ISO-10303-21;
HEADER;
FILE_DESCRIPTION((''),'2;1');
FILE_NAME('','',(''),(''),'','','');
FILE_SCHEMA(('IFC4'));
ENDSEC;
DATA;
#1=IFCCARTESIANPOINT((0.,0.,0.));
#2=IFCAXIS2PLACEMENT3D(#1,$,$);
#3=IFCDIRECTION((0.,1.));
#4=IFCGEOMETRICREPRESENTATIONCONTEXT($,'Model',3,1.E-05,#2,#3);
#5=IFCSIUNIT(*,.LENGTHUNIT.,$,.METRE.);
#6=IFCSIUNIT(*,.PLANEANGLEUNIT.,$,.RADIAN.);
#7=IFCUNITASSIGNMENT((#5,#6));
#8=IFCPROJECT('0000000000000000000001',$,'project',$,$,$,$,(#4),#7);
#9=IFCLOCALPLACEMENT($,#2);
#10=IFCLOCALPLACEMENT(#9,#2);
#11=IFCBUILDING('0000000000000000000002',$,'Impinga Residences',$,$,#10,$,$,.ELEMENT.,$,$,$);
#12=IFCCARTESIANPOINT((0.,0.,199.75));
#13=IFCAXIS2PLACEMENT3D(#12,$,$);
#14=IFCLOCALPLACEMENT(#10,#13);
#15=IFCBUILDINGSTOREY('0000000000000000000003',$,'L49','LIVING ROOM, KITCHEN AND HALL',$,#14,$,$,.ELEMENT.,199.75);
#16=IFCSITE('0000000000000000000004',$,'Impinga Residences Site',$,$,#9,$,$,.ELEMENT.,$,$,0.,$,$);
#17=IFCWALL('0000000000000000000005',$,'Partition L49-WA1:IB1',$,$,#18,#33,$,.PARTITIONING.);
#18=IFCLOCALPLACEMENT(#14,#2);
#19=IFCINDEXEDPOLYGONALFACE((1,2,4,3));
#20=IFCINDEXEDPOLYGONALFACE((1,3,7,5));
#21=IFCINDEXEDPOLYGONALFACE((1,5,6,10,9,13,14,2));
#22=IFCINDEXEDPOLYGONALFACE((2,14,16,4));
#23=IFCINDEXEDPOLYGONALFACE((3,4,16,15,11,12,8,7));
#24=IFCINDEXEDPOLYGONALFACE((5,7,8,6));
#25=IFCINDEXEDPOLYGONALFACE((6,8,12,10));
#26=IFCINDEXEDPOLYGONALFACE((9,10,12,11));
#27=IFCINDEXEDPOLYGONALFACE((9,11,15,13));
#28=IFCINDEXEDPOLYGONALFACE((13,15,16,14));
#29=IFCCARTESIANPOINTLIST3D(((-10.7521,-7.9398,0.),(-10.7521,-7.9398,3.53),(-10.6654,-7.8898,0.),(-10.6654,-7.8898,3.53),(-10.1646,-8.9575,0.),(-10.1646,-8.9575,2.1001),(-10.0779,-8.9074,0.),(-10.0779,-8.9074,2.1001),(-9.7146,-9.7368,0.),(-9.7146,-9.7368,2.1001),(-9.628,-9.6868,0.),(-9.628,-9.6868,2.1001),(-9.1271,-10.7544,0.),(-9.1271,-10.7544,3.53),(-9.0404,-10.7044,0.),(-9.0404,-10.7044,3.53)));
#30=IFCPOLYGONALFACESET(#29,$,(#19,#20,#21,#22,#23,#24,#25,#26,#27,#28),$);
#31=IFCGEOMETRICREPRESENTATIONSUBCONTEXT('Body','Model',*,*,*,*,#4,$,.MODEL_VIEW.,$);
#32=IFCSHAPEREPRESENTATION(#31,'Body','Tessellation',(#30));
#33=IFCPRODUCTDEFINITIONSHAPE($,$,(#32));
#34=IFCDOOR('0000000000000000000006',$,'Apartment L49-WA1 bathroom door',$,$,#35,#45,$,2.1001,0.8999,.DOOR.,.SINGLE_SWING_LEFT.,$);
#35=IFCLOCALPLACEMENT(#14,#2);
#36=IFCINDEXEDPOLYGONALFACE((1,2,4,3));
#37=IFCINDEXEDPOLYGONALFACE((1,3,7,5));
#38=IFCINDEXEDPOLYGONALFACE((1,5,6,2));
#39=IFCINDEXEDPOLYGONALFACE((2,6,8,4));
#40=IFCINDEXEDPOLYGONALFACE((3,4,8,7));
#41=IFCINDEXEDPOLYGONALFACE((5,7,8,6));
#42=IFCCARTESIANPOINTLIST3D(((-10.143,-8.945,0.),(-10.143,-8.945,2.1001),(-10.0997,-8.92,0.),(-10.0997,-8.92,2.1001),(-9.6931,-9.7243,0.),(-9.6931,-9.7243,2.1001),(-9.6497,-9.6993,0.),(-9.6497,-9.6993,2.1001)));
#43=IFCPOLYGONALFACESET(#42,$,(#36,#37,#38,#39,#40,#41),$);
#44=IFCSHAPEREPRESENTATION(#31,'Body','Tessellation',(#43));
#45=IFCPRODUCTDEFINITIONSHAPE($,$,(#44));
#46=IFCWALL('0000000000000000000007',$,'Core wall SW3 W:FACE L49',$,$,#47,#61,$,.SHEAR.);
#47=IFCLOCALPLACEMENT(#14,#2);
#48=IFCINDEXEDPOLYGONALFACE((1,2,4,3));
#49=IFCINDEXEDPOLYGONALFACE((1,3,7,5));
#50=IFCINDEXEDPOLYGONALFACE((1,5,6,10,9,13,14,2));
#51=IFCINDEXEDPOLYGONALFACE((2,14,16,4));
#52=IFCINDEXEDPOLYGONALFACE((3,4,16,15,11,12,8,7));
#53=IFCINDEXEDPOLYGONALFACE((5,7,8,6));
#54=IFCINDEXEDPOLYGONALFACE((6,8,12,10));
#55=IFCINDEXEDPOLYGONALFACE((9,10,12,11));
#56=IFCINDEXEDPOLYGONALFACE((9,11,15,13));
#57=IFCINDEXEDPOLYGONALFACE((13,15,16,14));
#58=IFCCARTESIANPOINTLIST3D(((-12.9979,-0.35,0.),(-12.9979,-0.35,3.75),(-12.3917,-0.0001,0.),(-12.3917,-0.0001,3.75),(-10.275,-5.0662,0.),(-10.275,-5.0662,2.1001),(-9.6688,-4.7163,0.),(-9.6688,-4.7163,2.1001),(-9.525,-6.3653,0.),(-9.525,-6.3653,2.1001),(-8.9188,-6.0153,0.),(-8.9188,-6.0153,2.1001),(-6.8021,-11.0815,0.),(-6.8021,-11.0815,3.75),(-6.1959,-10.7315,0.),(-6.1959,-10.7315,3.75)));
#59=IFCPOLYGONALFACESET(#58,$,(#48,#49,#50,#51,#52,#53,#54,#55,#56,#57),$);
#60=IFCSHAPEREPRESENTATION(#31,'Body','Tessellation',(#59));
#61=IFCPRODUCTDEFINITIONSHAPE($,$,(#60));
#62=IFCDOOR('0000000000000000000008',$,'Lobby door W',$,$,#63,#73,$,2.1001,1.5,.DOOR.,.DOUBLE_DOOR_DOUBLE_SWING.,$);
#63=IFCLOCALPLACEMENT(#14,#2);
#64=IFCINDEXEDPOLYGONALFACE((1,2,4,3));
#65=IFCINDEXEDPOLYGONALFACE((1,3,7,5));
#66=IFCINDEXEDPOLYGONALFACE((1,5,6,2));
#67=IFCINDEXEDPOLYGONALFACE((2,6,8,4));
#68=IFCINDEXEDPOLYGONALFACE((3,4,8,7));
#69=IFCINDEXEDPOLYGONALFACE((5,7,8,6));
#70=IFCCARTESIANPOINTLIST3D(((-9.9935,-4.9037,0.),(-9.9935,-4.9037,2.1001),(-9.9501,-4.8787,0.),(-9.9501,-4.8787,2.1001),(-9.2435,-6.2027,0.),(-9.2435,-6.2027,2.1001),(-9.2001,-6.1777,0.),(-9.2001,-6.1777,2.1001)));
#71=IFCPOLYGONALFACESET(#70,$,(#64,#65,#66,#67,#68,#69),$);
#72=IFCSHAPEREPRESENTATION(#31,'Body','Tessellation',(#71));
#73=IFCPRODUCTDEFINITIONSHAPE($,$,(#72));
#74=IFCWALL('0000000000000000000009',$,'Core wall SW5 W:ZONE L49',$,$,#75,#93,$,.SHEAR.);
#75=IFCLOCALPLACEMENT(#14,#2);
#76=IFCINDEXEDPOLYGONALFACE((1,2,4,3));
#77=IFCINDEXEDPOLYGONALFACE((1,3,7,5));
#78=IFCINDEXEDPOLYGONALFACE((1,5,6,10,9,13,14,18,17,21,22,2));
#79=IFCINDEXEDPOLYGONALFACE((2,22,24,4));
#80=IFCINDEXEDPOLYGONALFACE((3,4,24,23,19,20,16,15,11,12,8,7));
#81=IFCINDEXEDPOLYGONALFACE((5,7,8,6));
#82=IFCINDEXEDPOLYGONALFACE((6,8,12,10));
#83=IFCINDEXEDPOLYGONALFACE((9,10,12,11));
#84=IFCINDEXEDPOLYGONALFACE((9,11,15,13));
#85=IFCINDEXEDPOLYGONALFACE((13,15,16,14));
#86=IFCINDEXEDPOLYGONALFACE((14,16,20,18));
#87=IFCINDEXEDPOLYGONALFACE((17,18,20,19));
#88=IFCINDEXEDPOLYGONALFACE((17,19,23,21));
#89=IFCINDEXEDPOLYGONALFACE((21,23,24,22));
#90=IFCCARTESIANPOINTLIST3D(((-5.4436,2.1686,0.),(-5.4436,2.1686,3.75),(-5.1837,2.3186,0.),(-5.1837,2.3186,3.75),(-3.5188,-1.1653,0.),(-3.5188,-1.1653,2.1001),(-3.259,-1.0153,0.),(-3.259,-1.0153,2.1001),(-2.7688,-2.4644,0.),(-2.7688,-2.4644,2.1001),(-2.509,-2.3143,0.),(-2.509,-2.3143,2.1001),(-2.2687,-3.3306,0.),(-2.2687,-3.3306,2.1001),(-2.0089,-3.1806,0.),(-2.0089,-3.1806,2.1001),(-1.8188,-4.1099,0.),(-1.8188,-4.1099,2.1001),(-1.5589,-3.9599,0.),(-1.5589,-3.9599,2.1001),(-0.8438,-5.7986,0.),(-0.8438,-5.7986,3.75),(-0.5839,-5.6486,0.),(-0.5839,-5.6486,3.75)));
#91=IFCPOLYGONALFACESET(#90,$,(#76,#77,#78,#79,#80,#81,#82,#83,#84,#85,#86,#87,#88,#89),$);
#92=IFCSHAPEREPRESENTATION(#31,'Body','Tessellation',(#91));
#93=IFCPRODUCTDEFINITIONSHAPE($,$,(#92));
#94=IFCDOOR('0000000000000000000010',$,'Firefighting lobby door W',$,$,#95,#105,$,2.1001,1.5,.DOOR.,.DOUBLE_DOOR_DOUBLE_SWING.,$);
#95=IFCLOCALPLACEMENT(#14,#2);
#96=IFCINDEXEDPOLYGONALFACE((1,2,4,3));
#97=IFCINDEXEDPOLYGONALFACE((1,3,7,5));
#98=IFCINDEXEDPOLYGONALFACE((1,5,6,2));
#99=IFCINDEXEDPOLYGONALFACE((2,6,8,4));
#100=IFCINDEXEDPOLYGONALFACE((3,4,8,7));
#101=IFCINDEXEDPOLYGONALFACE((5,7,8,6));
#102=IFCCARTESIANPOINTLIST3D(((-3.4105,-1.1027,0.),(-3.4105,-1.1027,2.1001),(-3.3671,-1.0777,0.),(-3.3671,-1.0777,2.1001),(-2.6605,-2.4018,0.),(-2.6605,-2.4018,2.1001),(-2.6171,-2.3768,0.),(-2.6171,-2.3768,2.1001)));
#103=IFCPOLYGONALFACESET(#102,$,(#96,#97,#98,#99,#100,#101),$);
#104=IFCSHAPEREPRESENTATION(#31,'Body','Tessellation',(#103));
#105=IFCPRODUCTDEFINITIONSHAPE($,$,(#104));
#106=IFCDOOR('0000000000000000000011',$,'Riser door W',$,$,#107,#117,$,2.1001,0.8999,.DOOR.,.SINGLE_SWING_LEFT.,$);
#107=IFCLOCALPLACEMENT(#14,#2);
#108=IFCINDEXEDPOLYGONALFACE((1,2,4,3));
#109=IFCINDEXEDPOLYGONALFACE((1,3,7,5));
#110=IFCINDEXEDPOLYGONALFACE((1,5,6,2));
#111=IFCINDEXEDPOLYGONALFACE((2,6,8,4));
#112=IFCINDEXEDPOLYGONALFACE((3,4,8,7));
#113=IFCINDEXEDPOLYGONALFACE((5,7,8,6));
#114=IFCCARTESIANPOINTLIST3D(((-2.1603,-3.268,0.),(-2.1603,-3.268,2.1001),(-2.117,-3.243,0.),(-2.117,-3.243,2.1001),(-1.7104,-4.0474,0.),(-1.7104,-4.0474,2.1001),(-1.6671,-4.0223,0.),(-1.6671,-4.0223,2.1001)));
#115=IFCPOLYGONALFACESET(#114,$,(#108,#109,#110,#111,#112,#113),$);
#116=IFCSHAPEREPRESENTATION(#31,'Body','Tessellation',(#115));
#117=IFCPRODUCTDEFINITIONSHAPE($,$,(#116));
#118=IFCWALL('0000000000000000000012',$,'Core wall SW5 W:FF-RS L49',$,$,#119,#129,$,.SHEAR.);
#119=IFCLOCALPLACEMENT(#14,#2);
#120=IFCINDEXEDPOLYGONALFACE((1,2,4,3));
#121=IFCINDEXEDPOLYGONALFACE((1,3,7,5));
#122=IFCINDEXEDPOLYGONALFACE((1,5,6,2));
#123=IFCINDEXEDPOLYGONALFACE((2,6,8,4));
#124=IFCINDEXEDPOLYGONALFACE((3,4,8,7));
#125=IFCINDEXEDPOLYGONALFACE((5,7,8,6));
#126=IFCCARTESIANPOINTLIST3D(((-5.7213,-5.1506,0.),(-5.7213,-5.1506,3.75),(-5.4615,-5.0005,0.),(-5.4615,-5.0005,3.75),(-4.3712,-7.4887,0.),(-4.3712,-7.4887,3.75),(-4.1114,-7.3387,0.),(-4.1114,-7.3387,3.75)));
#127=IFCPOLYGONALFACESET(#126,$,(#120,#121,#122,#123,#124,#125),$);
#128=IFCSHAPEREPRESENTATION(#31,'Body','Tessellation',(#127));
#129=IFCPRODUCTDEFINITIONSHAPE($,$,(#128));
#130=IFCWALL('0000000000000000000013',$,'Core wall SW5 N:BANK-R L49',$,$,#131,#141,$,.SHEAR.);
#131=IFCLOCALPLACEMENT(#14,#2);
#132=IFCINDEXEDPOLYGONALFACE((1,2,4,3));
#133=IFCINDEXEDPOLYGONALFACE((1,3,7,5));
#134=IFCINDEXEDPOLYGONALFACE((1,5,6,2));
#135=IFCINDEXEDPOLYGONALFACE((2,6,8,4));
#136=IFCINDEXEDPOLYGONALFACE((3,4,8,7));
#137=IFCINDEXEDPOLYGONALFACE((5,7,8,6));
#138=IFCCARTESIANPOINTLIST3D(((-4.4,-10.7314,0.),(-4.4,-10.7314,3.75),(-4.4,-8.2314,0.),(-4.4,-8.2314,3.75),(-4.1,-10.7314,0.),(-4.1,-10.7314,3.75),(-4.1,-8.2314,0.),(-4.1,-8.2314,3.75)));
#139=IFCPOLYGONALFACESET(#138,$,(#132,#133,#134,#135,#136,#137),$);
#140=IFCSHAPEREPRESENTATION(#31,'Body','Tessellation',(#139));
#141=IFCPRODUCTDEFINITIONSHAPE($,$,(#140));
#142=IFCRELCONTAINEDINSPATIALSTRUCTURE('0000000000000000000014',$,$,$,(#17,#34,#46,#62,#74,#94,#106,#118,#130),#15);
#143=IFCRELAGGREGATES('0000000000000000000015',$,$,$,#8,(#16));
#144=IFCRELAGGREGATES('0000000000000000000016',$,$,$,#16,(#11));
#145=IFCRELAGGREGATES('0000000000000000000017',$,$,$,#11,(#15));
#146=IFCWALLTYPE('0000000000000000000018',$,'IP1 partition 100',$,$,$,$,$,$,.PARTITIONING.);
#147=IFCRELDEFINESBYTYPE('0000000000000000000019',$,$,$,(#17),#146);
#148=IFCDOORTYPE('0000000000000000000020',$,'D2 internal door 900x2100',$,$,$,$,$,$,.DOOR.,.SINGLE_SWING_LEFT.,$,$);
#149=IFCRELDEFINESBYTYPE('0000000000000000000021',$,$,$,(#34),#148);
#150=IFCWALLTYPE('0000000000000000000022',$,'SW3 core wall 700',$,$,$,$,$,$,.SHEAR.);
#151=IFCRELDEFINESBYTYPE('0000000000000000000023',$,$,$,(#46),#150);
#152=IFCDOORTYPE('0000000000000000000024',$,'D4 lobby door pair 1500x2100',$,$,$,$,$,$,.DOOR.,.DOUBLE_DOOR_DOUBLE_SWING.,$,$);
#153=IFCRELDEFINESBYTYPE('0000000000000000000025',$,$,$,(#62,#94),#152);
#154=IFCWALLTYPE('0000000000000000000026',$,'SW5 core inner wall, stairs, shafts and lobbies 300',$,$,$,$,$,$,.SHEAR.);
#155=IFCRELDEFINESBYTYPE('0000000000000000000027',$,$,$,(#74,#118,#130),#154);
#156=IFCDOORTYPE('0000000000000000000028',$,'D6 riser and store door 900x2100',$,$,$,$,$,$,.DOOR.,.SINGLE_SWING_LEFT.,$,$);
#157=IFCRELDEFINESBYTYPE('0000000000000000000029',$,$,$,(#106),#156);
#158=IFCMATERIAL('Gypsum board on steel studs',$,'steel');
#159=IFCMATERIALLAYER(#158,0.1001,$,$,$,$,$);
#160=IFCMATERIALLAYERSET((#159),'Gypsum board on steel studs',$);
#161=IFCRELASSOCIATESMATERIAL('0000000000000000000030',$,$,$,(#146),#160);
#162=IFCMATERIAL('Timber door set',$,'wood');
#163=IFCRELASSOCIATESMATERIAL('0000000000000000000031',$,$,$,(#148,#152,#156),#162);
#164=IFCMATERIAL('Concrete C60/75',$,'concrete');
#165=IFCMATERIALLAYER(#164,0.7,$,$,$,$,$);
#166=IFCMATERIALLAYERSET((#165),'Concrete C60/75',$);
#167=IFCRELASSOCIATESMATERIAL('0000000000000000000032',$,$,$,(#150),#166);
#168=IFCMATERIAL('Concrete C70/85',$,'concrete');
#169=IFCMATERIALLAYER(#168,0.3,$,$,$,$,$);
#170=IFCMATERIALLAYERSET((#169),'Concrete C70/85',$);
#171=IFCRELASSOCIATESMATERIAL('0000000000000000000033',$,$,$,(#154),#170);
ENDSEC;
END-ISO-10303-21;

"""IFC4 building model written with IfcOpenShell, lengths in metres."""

from ifc_helpers import new_model, si_unit, direction, frame, frame_2d, origin, place, context, subcontext, project, spatial, rectangle, extrude, material, layer, layer_set, type_object, element, fill, save


model = new_model("IFC4")

# Units and contexts
model_context = context("Model", 3, precision=1e-05, world=origin(), true_north=direction((0.0, 1.0)))
body_context = subcontext(model_context, "Body", "Model", "MODEL_VIEW")
ifc_project = project(units=[si_unit("LENGTHUNIT", "METRE"), si_unit("PLANEANGLEUNIT", "RADIAN")], contexts=[model_context])

# Site, building, storey
site_placement = place(None, origin())
site = spatial("IfcSite", under=ifc_project, at=site_placement, Name="Impinga Residences Site", CompositionType="ELEMENT", RefElevation=0.0)
building_placement = place(site_placement, origin())
building = spatial("IfcBuilding", under=site, at=building_placement, Name="Impinga Residences", CompositionType="ELEMENT")
storey_placement = place(building_placement, frame((0.0, 0.0, 199.75)))
storey = spatial("IfcBuildingStorey", under=building, at=storey_placement, Name="L49", Description="LIVING ROOM, KITCHEN AND HALL", CompositionType="ELEMENT", Elevation=199.75)

# Shared definitions
ifc_material_1 = material(Name="Concrete C60/75", Category="concrete")
ifc_material_2 = material(Name="Timber door set", Category="wood")

# Shared definitions
ifc_material_3 = material(Name="Gypsum board on steel studs", Category="steel")
ifc_layer_1 = layer(ifc_material_3, 0.1001)
ifc_layer_set_1 = layer_set([ifc_layer_1], Name="Gypsum board on steel studs")
wall_type_1 = type_object("IfcWallType", Name="IP1 partition 100", PredefinedType="PARTITIONING", material=ifc_layer_set_1)

# Shared definitions
door_type_1 = type_object("IfcDoorType", Name="D2 internal door 900x2100", OperationType="SINGLE_SWING_LEFT", PredefinedType="DOOR", material=ifc_material_2)

# Walls, openings, doors
wall_1_placement = place(storey_placement, frame((-10.7087, -7.9148, 0.0), z_axis=(0.0, 0.0, 1.0), x_axis=(0.499985, -0.866034, 0.0)))
wall_1 = element("IfcWall", 1, at=wall_1_placement, inside=storey, type_object=wall_type_1, Name="Partition L49-WA1:IB1", PredefinedType="PARTITIONING", context=body_context, shape_type="SweptSolid", body=[
    extrude(rectangle(XDim=3.25, YDim=0.1001, at=frame_2d((1.625, 0.0))), origin(), (0.0, 0.0, 1.0), 3.53),
])
opening_1_placement = place(wall_1_placement, frame((1.175, 0.0, 0.0)))
opening_1 = element("IfcOpeningElement", 2, at=opening_1_placement, cuts=wall_1, PredefinedType="OPENING", context=body_context, shape_type="SweptSolid", body=[
    extrude(rectangle(XDim=0.8999, YDim=2.1001, at=frame_2d((0.45, 1.05))), frame((0.0, 0.0601, 0.0), z_axis=(0.0, -1.0, 0.0), x_axis=(1.0, 0.0, 0.0)), (0.0, 0.0, 1.0), 0.1201),
])
door_1_placement = place(opening_1_placement, origin())
door_1 = element("IfcDoor", 3, at=door_1_placement, inside=storey, type_object=door_type_1, Name="Apartment L49-WA1 bathroom door", OperationType="SINGLE_SWING_LEFT", OverallHeight=2.1001, OverallWidth=0.8999, PredefinedType="DOOR", context=body_context, shape_type="SweptSolid", body=[
    extrude(rectangle(XDim=0.8999, YDim=2.1001, at=frame_2d((0.45, 1.05))), frame((0.0, 0.0249, 0.0), z_axis=(0.0, -1.0, 0.0), x_axis=(1.0, 0.0, 0.0)), (0.0, 0.0, 1.0), 0.05),
])
fill(opening_1, door_1)
ifc_layer_2 = layer(ifc_material_1, 0.7)
ifc_layer_set_2 = layer_set([ifc_layer_2], Name="Concrete C60/75")
wall_type_2 = type_object("IfcWallType", Name="SW3 core wall 700", PredefinedType="SHEAR", material=ifc_layer_set_2)
wall_2_placement = place(storey_placement, frame((-6.499, -10.9065, 0.0), z_axis=(0.0, 0.0, 1.0), x_axis=(-0.5, 0.866025, 0.0)))
wall_2 = element("IfcWall", 4, at=wall_2_placement, inside=storey, type_object=wall_type_2, Name="Core wall SW3 W:FACE L49", PredefinedType="SHEAR", context=body_context, shape_type="SweptSolid", body=[
    extrude(rectangle(XDim=12.3916, YDim=0.7, at=frame_2d((6.1958, 0.0))), origin(), (0.0, 0.0, 1.0), 3.75),
])
opening_2_placement = place(wall_2_placement, frame((5.4458, 0.0, 0.0)))
opening_2 = element("IfcOpeningElement", 5, at=opening_2_placement, cuts=wall_2, PredefinedType="OPENING", context=body_context, shape_type="SweptSolid", body=[
    extrude(rectangle(XDim=1.5, YDim=2.1001, at=frame_2d((0.75, 1.05))), frame((0.0, 0.3599, 0.0), z_axis=(0.0, -1.0, 0.0), x_axis=(1.0, 0.0, 0.0)), (0.0, 0.0, 1.0), 0.72),
])
door_type_2 = type_object("IfcDoorType", Name="D4 lobby door pair 1500x2100", OperationType="DOUBLE_DOOR_DOUBLE_SWING", PredefinedType="DOOR", material=ifc_material_2)
door_2_placement = place(opening_2_placement, origin())
door_2 = element("IfcDoor", 6, at=door_2_placement, inside=storey, type_object=door_type_2, Name="Lobby door W", OperationType="DOUBLE_DOOR_DOUBLE_SWING", OverallHeight=2.1001, OverallWidth=1.5, PredefinedType="DOOR", context=body_context, shape_type="SweptSolid", body=[
    extrude(rectangle(XDim=1.5, YDim=2.1001, at=frame_2d((0.75, 1.05))), frame((0.0, 0.0249, 0.0), z_axis=(0.0, -1.0, 0.0), x_axis=(1.0, 0.0, 0.0)), (0.0, 0.0, 1.0), 0.05),
])
fill(opening_2, door_2)

# Wall, openings, doors
ifc_material_4 = material(Name="Concrete C70/85", Category="concrete")
ifc_layer_3 = layer(ifc_material_4, 0.3)
ifc_layer_set_3 = layer_set([ifc_layer_3], Name="Concrete C70/85")
wall_type_3 = type_object("IfcWallType", Name="SW5 core inner wall, stairs, shafts and lobbies 300", PredefinedType="SHEAR", material=ifc_layer_set_3)
wall_3_placement = place(storey_placement, frame((-0.7139, -5.7236, 0.0), z_axis=(0.0, 0.0, 1.0), x_axis=(-0.499995, 0.866028, 0.0)))
wall_3 = element("IfcWall", 7, at=wall_3_placement, inside=storey, type_object=wall_type_3, Name="Core wall SW5 W:ZONE L49", PredefinedType="SHEAR", context=body_context, shape_type="SweptSolid", body=[
    extrude(rectangle(XDim=9.1997, YDim=0.3, at=frame_2d((4.5999, 0.0))), origin(), (0.0, 0.0, 1.0), 3.75),
])
opening_3_placement = place(wall_3_placement, frame((3.8501, 0.0, 0.0)))
opening_3 = element("IfcOpeningElement", 8, at=opening_3_placement, cuts=wall_3, PredefinedType="OPENING", context=body_context, shape_type="SweptSolid", body=[
    extrude(rectangle(XDim=1.5, YDim=2.1001, at=frame_2d((0.75, 1.05))), frame((0.0, 0.1599, 0.0), z_axis=(0.0, -1.0, 0.0), x_axis=(1.0, 0.0, 0.0)), (0.0, 0.0, 1.0), 0.3201),
])
opening_4_placement = place(wall_3_placement, frame((1.95, 0.0, 0.0)))
opening_4 = element("IfcOpeningElement", 9, at=opening_4_placement, cuts=wall_3, PredefinedType="OPENING", context=body_context, shape_type="SweptSolid", body=[
    extrude(rectangle(XDim=0.8999, YDim=2.1001, at=frame_2d((0.45, 1.05))), frame((0.0, 0.1599, 0.0), z_axis=(0.0, -1.0, 0.0), x_axis=(1.0, 0.0, 0.0)), (0.0, 0.0, 1.0), 0.3201),
])
door_3_placement = place(opening_3_placement, origin())
door_3 = element("IfcDoor", 10, at=door_3_placement, inside=storey, type_object=door_type_2, Name="Firefighting lobby door W", OperationType="DOUBLE_DOOR_DOUBLE_SWING", OverallHeight=2.1001, OverallWidth=1.5, PredefinedType="DOOR", context=body_context, shape_type="SweptSolid", body=[
    extrude(rectangle(XDim=1.5, YDim=2.1001, at=frame_2d((0.75, 1.05))), frame((0.0, 0.0249, 0.0), z_axis=(0.0, -1.0, 0.0), x_axis=(1.0, 0.0, 0.0)), (0.0, 0.0, 1.0), 0.05),
])
fill(opening_3, door_3)
door_type_3 = type_object("IfcDoorType", Name="D6 riser and store door 900x2100", OperationType="SINGLE_SWING_LEFT", PredefinedType="DOOR", material=ifc_material_2)
door_4_placement = place(opening_4_placement, origin())
door_4 = element("IfcDoor", 11, at=door_4_placement, inside=storey, type_object=door_type_3, Name="Riser door W", OperationType="SINGLE_SWING_LEFT", OverallHeight=2.1001, OverallWidth=0.8999, PredefinedType="DOOR", context=body_context, shape_type="SweptSolid", body=[
    extrude(rectangle(XDim=0.8999, YDim=2.1001, at=frame_2d((0.45, 1.05))), frame((0.0, 0.0249, 0.0), z_axis=(0.0, -1.0, 0.0), x_axis=(1.0, 0.0, 0.0)), (0.0, 0.0, 1.0), 0.05),
])
fill(opening_4, door_4)

# Walls
wall_4_placement = place(storey_placement, frame((-4.2412, -7.4138, 0.0), z_axis=(0.0, 0.0, 1.0), x_axis=(-0.500049, 0.865997, 0.0)))
element("IfcWall", 12, at=wall_4_placement, inside=storey, type_object=wall_type_3, Name="Core wall SW5 W:FF-RS L49", PredefinedType="SHEAR", context=body_context, shape_type="SweptSolid", body=[
    extrude(rectangle(XDim=2.7, YDim=0.3, at=frame_2d((1.3501, 0.0))), origin(), (0.0, 0.0, 1.0), 3.75),
])
wall_5_placement = place(storey_placement, frame((-4.25, -8.2314, 0.0), z_axis=(0.0, 0.0, 1.0), x_axis=(0.0, -1.0, 0.0)))
element("IfcWall", 13, at=wall_5_placement, inside=storey, type_object=wall_type_3, Name="Core wall SW5 N:BANK-R L49", PredefinedType="SHEAR", context=body_context, shape_type="SweptSolid", body=[
    extrude(rectangle(XDim=2.5, YDim=0.3, at=frame_2d((1.25, 0.0))), origin(), (0.0, 0.0, 1.0), 3.75),
])

save(model, "model.ifc")
